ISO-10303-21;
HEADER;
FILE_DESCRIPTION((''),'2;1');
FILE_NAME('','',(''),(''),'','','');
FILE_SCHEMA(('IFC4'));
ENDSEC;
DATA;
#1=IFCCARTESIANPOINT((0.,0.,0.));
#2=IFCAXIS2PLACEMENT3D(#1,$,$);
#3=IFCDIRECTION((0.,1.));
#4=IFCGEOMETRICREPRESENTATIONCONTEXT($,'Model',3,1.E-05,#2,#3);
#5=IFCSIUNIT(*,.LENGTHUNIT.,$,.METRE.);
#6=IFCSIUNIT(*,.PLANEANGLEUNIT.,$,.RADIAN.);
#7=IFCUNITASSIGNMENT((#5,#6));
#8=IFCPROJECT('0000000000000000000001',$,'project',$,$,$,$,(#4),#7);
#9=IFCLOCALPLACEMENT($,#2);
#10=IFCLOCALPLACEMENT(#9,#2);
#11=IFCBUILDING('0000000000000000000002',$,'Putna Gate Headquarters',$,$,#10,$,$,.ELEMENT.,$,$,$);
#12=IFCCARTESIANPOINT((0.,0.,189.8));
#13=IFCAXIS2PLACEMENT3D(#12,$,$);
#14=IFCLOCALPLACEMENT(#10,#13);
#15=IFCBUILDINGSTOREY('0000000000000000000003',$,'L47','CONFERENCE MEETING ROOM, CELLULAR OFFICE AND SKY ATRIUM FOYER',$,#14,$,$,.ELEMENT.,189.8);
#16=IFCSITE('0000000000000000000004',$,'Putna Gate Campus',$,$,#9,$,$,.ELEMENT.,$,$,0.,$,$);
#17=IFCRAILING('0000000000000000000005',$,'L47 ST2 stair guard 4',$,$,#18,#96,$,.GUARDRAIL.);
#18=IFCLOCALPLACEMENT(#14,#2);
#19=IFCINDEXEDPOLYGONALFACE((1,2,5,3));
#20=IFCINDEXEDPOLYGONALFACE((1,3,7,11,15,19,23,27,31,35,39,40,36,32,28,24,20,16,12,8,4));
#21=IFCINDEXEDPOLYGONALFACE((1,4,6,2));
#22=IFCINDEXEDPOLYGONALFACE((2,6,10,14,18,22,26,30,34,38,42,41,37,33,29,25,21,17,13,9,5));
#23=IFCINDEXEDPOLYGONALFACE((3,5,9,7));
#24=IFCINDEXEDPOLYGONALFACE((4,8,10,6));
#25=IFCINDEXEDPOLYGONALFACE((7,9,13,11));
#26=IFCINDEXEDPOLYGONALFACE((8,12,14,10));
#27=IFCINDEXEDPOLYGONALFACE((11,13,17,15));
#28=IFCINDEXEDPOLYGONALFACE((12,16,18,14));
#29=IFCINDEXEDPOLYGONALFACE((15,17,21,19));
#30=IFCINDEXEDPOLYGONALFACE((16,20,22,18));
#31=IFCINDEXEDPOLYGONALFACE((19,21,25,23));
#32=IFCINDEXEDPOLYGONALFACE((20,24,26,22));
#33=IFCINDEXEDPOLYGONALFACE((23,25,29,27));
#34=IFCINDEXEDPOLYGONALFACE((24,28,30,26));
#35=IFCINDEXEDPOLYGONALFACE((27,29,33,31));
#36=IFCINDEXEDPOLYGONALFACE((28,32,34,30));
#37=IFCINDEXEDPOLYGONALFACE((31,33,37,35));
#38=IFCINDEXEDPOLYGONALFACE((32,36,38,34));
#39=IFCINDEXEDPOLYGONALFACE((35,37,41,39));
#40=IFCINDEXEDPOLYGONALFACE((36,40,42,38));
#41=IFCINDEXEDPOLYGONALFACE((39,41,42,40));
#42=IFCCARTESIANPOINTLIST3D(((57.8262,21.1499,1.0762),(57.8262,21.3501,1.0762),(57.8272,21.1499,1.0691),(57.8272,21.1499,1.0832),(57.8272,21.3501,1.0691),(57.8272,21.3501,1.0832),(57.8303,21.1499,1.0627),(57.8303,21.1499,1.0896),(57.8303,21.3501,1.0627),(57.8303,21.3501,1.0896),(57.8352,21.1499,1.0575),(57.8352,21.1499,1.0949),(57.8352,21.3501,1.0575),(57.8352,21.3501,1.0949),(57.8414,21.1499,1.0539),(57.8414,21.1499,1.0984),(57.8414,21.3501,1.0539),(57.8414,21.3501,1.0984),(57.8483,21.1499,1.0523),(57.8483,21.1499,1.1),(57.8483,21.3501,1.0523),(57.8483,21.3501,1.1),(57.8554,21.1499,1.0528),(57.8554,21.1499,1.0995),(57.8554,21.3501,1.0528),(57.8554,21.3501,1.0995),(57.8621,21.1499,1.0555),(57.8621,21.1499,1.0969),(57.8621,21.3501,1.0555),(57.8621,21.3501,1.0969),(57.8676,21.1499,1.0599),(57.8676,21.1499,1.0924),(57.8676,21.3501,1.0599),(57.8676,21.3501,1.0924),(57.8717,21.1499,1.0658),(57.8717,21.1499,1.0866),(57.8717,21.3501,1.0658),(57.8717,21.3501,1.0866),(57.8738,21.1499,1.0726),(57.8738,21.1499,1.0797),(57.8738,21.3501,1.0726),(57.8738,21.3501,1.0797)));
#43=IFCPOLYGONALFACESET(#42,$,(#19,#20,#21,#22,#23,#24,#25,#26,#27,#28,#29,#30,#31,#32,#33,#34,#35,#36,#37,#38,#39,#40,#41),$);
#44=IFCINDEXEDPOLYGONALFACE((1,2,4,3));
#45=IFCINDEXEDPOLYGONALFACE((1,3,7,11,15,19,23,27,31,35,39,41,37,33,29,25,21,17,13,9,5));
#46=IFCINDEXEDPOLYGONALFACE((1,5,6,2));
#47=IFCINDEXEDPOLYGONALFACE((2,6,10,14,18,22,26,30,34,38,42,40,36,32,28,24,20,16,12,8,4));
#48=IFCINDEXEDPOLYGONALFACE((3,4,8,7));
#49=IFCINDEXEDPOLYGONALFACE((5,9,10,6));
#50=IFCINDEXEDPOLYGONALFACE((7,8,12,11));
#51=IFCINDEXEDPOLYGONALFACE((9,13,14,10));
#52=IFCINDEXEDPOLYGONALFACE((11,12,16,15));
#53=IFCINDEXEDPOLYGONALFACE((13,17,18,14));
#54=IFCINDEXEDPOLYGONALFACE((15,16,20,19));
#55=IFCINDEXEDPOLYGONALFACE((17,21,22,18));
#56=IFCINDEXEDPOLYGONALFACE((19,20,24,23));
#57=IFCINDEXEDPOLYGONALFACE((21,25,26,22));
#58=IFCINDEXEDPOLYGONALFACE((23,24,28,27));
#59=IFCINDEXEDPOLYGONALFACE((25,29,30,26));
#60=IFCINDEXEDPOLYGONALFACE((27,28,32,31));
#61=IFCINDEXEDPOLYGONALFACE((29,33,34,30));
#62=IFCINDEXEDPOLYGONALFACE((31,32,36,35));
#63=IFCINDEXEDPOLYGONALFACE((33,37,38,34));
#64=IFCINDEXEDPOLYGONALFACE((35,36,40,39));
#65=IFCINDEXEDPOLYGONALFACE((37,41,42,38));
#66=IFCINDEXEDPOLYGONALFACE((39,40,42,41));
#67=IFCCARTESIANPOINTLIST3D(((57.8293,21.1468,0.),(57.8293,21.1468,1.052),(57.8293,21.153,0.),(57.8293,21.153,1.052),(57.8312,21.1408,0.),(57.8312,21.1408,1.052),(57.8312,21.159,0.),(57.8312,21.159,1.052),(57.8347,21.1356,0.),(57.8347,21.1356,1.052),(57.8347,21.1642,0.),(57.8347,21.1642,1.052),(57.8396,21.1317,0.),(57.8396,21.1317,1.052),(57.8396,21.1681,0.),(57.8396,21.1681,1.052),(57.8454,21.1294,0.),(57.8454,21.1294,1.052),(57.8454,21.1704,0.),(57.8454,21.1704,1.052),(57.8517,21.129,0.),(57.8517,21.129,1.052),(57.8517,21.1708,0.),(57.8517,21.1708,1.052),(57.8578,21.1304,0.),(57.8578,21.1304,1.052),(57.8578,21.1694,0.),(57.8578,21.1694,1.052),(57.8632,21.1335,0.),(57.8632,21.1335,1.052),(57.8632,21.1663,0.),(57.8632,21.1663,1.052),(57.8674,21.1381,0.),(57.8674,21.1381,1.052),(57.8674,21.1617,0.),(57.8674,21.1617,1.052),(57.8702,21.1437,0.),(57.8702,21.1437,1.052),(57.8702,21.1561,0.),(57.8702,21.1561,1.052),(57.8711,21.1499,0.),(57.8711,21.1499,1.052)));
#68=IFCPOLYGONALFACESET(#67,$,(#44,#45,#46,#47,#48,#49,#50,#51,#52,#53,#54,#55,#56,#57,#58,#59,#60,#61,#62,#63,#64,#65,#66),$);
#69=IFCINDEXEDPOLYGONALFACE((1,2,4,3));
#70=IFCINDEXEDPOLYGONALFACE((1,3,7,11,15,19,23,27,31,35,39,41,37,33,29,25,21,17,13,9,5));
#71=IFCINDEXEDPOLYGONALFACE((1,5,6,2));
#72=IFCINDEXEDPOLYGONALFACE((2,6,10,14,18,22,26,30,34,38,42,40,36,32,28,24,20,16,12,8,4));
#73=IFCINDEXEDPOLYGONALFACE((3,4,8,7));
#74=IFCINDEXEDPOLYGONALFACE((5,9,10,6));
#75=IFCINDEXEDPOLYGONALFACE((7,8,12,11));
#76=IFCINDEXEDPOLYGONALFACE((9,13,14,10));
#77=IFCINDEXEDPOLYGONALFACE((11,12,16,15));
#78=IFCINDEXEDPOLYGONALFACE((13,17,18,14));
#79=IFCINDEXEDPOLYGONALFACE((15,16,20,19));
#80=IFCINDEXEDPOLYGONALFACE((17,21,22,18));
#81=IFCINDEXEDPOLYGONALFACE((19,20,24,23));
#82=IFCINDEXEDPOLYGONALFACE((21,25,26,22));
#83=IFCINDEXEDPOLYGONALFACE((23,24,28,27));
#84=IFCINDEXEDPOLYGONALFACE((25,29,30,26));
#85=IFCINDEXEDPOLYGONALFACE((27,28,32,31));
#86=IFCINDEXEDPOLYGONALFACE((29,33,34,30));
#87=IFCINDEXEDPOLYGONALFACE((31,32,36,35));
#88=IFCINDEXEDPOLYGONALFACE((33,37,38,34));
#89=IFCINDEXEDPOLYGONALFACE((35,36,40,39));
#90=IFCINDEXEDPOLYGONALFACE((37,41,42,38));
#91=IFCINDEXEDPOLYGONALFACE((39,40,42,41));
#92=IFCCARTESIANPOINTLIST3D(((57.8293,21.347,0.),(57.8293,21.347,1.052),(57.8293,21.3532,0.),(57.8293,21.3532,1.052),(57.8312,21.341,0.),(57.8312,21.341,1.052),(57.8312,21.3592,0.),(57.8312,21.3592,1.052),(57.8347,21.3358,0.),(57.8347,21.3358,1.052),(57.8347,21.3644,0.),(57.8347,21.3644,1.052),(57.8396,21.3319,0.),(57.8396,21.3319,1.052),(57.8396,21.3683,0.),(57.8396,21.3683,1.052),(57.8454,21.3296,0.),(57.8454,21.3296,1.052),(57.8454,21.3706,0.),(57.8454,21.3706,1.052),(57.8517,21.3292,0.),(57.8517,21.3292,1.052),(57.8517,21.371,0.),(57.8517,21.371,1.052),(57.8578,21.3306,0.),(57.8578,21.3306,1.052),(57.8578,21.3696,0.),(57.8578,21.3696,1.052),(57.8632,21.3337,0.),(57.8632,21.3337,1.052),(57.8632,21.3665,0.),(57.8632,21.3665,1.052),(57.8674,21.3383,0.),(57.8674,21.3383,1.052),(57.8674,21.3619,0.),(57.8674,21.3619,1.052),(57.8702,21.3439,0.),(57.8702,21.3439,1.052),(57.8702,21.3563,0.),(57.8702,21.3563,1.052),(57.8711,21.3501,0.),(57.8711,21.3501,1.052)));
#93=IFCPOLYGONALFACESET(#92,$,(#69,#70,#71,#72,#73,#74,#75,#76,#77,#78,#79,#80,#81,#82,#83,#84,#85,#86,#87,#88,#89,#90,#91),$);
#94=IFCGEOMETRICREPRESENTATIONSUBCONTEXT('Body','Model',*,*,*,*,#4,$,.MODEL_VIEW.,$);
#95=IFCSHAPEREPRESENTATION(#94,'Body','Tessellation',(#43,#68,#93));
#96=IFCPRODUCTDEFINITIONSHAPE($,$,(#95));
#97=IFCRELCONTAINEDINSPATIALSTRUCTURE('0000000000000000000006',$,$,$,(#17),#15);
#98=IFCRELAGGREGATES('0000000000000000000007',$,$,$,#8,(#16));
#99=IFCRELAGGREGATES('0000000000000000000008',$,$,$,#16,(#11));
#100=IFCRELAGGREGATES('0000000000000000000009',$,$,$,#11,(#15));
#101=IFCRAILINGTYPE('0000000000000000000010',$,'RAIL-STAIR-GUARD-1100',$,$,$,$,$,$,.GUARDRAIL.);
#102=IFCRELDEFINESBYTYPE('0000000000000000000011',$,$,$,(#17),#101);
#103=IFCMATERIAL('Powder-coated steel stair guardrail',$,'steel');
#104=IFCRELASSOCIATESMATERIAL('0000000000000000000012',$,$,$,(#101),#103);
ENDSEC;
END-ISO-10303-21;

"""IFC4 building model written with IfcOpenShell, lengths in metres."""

from ifc_helpers import new_model, si_unit, direction, frame, origin, origin_2d, place, context, subcontext, project, spatial, circle, extrude, material, type_object, element, save


model = new_model("IFC4")

# Units and contexts
model_context = context("Model", 3, precision=1e-05, world=origin(), true_north=direction((0.0, 1.0)))
body_context = subcontext(model_context, "Body", "Model", "MODEL_VIEW")
ifc_project = project(units=[si_unit("LENGTHUNIT", "METRE"), si_unit("PLANEANGLEUNIT", "RADIAN")], contexts=[model_context])

# Site, building, storey
site_placement = place(None, origin())
site = spatial("IfcSite", under=ifc_project, at=site_placement, Name="Putna Gate Campus", CompositionType="ELEMENT", RefElevation=0.0)
building_placement = place(site_placement, origin())
building = spatial("IfcBuilding", under=site, at=building_placement, Name="Putna Gate Headquarters", CompositionType="ELEMENT")
storey_placement = place(building_placement, frame((0.0, 0.0, 189.8)))
storey = spatial("IfcBuildingStorey", under=building, at=storey_placement, Name="L47", Description="CONFERENCE MEETING ROOM, CELLULAR OFFICE AND SKY ATRIUM FOYER", CompositionType="ELEMENT", Elevation=189.8)

# Railing
ifc_material_1 = material(Name="Powder-coated steel stair guardrail", Category="steel")
railing_type_1 = type_object("IfcRailingType", Name="RAIL-STAIR-GUARD-1100", PredefinedType="GUARDRAIL", material=ifc_material_1)
railing_1_placement = place(storey_placement, frame((57.8501, 21.1499, 0.0)))
element("IfcRailing", 1, at=railing_1_placement, inside=storey, type_object=railing_type_1, Name="L47 ST2 stair guard 4", PredefinedType="GUARDRAIL", context=body_context, shape_type="SweptSolid", body=[
    extrude(circle(Radius=0.0239, at=origin_2d()), frame((0.0, 0.0, 1.0762), z_axis=(0.0, 1.0, 0.0), x_axis=(-1.0, 0.0, 0.0)), (0.0, 0.0, 1.0), 0.2002),
    extrude(circle(Radius=0.021, at=origin_2d()), origin(), (0.0, 0.0, 1.0), 1.052),
    extrude(circle(Radius=0.021, at=origin_2d()), frame((0.0, 0.2002, 0.0)), (0.0, 0.0, 1.0), 1.052),
])

save(model, "model.ifc")
